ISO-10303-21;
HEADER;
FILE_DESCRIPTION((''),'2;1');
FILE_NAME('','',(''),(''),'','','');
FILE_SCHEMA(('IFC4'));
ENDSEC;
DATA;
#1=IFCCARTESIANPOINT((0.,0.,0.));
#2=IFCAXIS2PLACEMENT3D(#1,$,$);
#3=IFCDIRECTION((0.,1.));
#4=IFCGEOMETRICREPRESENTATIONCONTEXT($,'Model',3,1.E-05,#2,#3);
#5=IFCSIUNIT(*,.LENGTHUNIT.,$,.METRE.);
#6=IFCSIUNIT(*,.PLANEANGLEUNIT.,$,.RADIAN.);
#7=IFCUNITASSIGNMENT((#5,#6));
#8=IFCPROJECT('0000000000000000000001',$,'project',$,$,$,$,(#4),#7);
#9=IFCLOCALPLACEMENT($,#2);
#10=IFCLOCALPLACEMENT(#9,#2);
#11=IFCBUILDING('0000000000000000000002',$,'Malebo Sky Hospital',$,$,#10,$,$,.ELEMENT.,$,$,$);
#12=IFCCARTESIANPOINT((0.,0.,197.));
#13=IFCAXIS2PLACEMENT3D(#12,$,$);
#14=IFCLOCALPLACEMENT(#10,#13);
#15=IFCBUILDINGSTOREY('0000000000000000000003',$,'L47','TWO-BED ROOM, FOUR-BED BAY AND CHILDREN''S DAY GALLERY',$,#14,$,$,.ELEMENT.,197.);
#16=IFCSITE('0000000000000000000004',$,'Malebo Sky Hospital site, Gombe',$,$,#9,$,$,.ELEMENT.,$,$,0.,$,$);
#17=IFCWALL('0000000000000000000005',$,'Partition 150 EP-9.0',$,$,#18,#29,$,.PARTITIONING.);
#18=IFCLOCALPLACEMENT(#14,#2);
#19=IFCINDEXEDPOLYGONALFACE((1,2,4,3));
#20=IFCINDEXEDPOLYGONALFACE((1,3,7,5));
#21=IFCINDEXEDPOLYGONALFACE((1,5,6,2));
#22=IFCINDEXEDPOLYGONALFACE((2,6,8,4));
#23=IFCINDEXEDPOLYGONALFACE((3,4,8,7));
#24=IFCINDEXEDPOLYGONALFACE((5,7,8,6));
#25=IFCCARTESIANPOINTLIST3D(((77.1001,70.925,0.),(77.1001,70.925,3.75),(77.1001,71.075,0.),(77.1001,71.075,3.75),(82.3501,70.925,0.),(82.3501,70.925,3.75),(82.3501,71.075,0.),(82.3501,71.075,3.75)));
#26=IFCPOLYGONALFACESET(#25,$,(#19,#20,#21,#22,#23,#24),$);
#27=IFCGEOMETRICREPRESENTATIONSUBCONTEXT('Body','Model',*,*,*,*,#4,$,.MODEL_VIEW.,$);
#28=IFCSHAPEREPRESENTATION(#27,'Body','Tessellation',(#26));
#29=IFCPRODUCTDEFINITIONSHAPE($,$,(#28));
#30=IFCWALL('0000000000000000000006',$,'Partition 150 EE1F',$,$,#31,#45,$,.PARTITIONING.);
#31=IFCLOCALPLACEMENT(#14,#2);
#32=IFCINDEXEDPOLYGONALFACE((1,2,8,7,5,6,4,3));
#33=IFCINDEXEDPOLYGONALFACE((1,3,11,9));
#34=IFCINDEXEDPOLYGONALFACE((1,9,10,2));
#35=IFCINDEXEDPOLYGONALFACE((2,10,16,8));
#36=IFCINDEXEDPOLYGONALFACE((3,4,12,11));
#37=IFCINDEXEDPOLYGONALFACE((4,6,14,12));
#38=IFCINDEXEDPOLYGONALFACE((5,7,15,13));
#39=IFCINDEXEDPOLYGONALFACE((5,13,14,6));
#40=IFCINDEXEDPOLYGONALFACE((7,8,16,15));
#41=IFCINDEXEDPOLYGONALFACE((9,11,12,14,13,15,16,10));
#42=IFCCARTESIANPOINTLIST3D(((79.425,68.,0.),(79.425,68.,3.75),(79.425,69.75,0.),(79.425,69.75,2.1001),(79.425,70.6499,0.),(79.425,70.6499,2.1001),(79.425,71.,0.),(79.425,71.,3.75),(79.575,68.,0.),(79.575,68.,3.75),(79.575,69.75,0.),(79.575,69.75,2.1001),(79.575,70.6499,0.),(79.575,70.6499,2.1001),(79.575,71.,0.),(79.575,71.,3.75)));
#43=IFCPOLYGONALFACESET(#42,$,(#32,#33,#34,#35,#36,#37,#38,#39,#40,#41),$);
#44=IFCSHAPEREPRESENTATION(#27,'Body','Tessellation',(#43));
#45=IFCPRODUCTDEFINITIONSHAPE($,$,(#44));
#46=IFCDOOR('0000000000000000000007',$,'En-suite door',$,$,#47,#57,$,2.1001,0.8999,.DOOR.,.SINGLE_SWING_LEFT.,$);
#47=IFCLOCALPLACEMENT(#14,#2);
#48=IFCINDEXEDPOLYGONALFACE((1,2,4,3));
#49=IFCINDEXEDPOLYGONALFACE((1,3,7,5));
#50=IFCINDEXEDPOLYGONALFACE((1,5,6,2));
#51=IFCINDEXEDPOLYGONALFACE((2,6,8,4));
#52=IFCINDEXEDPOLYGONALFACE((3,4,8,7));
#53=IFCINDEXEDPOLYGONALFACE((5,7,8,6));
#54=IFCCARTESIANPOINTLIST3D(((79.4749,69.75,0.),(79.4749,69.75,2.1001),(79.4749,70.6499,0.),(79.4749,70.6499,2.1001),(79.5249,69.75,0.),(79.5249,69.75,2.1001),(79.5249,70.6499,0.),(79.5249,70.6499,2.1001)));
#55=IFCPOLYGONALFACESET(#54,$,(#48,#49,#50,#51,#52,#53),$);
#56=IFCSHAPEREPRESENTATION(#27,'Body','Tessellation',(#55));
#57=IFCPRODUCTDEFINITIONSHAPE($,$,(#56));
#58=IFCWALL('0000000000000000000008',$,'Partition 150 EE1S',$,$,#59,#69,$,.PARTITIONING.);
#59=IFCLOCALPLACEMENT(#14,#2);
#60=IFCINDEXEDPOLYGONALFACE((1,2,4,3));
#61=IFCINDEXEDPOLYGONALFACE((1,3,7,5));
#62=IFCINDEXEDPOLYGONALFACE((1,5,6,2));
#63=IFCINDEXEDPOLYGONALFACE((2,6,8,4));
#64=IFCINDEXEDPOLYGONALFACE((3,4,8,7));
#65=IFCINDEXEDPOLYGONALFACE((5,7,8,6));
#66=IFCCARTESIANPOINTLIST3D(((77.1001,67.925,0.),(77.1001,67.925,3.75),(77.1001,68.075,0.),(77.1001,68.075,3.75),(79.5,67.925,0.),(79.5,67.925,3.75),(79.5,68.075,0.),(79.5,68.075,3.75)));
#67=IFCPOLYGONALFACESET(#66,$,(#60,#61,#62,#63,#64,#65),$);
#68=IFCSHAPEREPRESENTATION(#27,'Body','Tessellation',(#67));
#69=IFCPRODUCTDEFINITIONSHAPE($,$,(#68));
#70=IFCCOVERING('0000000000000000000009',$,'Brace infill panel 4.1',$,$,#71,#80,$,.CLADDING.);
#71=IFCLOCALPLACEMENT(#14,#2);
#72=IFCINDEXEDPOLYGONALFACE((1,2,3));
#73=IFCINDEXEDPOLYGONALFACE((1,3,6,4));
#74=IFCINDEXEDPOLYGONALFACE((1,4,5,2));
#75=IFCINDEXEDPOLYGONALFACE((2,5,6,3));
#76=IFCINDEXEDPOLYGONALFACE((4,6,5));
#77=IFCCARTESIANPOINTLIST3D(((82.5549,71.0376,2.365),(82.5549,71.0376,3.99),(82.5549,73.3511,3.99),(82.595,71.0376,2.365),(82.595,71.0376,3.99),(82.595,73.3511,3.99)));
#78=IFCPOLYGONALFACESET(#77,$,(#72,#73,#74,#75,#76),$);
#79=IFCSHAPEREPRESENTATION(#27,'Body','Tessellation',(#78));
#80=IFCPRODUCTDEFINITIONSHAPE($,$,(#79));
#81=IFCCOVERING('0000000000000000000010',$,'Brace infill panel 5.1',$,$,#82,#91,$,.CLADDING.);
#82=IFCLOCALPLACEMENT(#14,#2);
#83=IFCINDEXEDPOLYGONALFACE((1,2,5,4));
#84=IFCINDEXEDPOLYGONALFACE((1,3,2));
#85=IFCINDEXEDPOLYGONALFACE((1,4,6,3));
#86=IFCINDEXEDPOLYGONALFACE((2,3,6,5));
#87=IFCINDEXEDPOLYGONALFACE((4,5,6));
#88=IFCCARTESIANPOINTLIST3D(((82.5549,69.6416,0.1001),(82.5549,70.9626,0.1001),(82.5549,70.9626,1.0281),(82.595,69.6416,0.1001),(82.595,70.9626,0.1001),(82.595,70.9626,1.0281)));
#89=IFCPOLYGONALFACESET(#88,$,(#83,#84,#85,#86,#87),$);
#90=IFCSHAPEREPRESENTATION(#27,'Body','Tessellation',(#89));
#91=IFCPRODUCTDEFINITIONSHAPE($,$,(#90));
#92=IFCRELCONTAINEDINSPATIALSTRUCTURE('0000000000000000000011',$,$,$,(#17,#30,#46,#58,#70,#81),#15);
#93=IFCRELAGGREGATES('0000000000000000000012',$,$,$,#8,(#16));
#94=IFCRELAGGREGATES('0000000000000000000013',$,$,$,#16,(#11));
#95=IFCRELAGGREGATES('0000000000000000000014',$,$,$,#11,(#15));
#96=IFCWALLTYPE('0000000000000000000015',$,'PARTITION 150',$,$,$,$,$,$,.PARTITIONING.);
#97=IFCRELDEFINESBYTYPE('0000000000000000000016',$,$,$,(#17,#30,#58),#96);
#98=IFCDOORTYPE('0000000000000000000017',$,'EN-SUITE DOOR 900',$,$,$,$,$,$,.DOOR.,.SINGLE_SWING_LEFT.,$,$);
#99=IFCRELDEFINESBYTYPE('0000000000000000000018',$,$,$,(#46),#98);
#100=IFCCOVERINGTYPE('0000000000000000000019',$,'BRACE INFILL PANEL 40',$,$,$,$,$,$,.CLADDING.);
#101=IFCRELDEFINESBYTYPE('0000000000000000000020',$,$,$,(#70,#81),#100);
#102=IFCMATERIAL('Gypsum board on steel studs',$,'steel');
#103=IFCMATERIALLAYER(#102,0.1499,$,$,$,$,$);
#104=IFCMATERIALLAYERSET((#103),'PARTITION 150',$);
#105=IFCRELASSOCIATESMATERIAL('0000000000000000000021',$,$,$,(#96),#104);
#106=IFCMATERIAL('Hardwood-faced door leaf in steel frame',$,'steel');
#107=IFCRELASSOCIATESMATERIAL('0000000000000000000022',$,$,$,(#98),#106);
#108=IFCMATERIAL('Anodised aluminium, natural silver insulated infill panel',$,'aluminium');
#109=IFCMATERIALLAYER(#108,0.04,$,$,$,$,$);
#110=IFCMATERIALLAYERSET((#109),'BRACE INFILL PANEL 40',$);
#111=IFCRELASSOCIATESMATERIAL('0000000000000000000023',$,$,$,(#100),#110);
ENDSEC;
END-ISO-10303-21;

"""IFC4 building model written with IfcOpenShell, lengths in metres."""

from ifc_helpers import new_model, si_unit, direction, frame, frame_2d, origin, place, context, subcontext, project, spatial, polyline, rectangle, outline, extrude, material, layer, layer_set, type_object, element, fill, save


model = new_model("IFC4")

# Units and contexts
model_context = context("Model", 3, precision=1e-05, world=origin(), true_north=direction((0.0, 1.0)))
body_context = subcontext(model_context, "Body", "Model", "MODEL_VIEW")
ifc_project = project(units=[si_unit("LENGTHUNIT", "METRE"), si_unit("PLANEANGLEUNIT", "RADIAN")], contexts=[model_context])

# Site, building, storey
site_placement = place(None, origin())
site = spatial("IfcSite", under=ifc_project, at=site_placement, Name="Malebo Sky Hospital site, Gombe", CompositionType="ELEMENT", RefElevation=0.0)
building_placement = place(site_placement, origin())
building = spatial("IfcBuilding", under=site, at=building_placement, Name="Malebo Sky Hospital", CompositionType="ELEMENT")
storey_placement = place(building_placement, frame((0.0, 0.0, 197.0)))
storey = spatial("IfcBuildingStorey", under=building, at=storey_placement, Name="L47", Description="TWO-BED ROOM, FOUR-BED BAY AND CHILDREN'S DAY GALLERY", CompositionType="ELEMENT", Elevation=197.0)

# Shared definitions
ifc_material_1 = material(Name="Gypsum board on steel studs", Category="steel")
ifc_material_2 = material(Name="Hardwood-faced door leaf in steel frame", Category="steel")

# Wall
ifc_layer_1 = layer(ifc_material_1, 0.1499)
ifc_layer_set_1 = layer_set([ifc_layer_1], Name="PARTITION 150")
wall_type_1 = type_object("IfcWallType", Name="PARTITION 150", PredefinedType="PARTITIONING", material=ifc_layer_set_1)
wall_1_placement = place(storey_placement, frame((77.1001, 71.0, 0.0), z_axis=(0.0, 0.0, 1.0), x_axis=(1.0, 0.0, 0.0)))
element("IfcWall", 1, at=wall_1_placement, inside=storey, type_object=wall_type_1, Name="Partition 150 EP-9.0", PredefinedType="PARTITIONING", context=body_context, shape_type="SweptSolid", body=[
    extrude(rectangle(XDim=5.25, YDim=0.1499, at=frame_2d((2.625, 0.0))), origin(), (0.0, 0.0, 1.0), 3.75),
])

# Wall, opening, door
wall_2_placement = place(storey_placement, frame((79.5, 71.0, 0.0), z_axis=(0.0, 0.0, 1.0), x_axis=(0.0, -1.0, 0.0)))
wall_2 = element("IfcWall", 2, at=wall_2_placement, inside=storey, type_object=wall_type_1, Name="Partition 150 EE1F", PredefinedType="PARTITIONING", context=body_context, shape_type="SweptSolid", body=[
    extrude(rectangle(XDim=3.0, YDim=0.1499, at=frame_2d((1.5, 0.0))), origin(), (0.0, 0.0, 1.0), 3.75),
])
opening_1_placement = place(wall_2_placement, frame((0.3501, 0.0, 0.0)))
opening_1 = element("IfcOpeningElement", 3, at=opening_1_placement, cuts=wall_2, PredefinedType="OPENING", context=body_context, shape_type="SweptSolid", body=[
    extrude(rectangle(XDim=0.8999, YDim=2.1001, at=frame_2d((0.45, 1.05))), frame((0.0, 0.085, 0.0), z_axis=(0.0, -1.0, 0.0), x_axis=(1.0, 0.0, 0.0)), (0.0, 0.0, 1.0), 0.1699),
])
door_type_1 = type_object("IfcDoorType", Name="EN-SUITE DOOR 900", OperationType="SINGLE_SWING_LEFT", PredefinedType="DOOR", material=ifc_material_2)
door_1_placement = place(opening_1_placement, origin())
door_1 = element("IfcDoor", 4, at=door_1_placement, inside=storey, type_object=door_type_1, Name="En-suite door", OperationType="SINGLE_SWING_LEFT", OverallHeight=2.1001, OverallWidth=0.8999, PredefinedType="DOOR", context=body_context, shape_type="SweptSolid", body=[
    extrude(rectangle(XDim=0.8999, YDim=2.1001, at=frame_2d((0.45, 1.05))), frame((0.0, 0.0249, 0.0), z_axis=(0.0, -1.0, 0.0), x_axis=(1.0, 0.0, 0.0)), (0.0, 0.0, 1.0), 0.05),
])
fill(opening_1, door_1)

# Wall
wall_3_placement = place(storey_placement, frame((77.1001, 68.0, 0.0), z_axis=(0.0, 0.0, 1.0), x_axis=(1.0, 0.0, 0.0)))
element("IfcWall", 5, at=wall_3_placement, inside=storey, type_object=wall_type_1, Name="Partition 150 EE1S", PredefinedType="PARTITIONING", context=body_context, shape_type="SweptSolid", body=[
    extrude(rectangle(XDim=2.3999, YDim=0.1499, at=frame_2d((1.2, 0.0))), origin(), (0.0, 0.0, 1.0), 3.75),
])

# Coverings
ifc_material_3 = material(Name="Anodised aluminium, natural silver insulated infill panel", Category="aluminium")
ifc_layer_2 = layer(ifc_material_3, 0.04)
ifc_layer_set_2 = layer_set([ifc_layer_2], Name="BRACE INFILL PANEL 40")
covering_type = type_object("IfcCoveringType", Name="BRACE INFILL PANEL 40", PredefinedType="CLADDING", material=ifc_layer_set_2)
covering_1_placement = place(storey_placement, frame((82.575, 72.1943, 2.365), z_axis=(0.0, 0.0, 1.0), x_axis=(0.0, -1.0, 0.0)))
element("IfcCovering", 6, at=covering_1_placement, inside=storey, type_object=covering_type, Name="Brace infill panel 4.1", PredefinedType="CLADDING", context=body_context, shape_type="SweptSolid", body=[
    extrude(outline(polyline([(1.1567, 0.0), (1.1567, 1.625), (-1.1567, 1.625), (1.1567, 0.0)])), frame((0.0, 0.02, 0.0), z_axis=(0.0, -1.0, 0.0), x_axis=(1.0, 0.0, 0.0)), (0.0, 0.0, 1.0), 0.04),
])
covering_2_placement = place(storey_placement, frame((82.575, 70.302, 0.1001), z_axis=(0.0, 0.0, 1.0), x_axis=(0.0, -1.0, 0.0)))
element("IfcCovering", 7, at=covering_2_placement, inside=storey, type_object=covering_type, Name="Brace infill panel 5.1", PredefinedType="CLADDING", context=body_context, shape_type="SweptSolid", body=[
    extrude(outline(polyline([(-0.6606, 0.0), (0.6604, 0.0), (-0.6606, 0.928), (-0.6606, 0.0)])), frame((0.0, 0.02, 0.0), z_axis=(0.0, -1.0, 0.0), x_axis=(1.0, 0.0, 0.0)), (0.0, 0.0, 1.0), 0.04),
])

save(model, "model.ifc")
